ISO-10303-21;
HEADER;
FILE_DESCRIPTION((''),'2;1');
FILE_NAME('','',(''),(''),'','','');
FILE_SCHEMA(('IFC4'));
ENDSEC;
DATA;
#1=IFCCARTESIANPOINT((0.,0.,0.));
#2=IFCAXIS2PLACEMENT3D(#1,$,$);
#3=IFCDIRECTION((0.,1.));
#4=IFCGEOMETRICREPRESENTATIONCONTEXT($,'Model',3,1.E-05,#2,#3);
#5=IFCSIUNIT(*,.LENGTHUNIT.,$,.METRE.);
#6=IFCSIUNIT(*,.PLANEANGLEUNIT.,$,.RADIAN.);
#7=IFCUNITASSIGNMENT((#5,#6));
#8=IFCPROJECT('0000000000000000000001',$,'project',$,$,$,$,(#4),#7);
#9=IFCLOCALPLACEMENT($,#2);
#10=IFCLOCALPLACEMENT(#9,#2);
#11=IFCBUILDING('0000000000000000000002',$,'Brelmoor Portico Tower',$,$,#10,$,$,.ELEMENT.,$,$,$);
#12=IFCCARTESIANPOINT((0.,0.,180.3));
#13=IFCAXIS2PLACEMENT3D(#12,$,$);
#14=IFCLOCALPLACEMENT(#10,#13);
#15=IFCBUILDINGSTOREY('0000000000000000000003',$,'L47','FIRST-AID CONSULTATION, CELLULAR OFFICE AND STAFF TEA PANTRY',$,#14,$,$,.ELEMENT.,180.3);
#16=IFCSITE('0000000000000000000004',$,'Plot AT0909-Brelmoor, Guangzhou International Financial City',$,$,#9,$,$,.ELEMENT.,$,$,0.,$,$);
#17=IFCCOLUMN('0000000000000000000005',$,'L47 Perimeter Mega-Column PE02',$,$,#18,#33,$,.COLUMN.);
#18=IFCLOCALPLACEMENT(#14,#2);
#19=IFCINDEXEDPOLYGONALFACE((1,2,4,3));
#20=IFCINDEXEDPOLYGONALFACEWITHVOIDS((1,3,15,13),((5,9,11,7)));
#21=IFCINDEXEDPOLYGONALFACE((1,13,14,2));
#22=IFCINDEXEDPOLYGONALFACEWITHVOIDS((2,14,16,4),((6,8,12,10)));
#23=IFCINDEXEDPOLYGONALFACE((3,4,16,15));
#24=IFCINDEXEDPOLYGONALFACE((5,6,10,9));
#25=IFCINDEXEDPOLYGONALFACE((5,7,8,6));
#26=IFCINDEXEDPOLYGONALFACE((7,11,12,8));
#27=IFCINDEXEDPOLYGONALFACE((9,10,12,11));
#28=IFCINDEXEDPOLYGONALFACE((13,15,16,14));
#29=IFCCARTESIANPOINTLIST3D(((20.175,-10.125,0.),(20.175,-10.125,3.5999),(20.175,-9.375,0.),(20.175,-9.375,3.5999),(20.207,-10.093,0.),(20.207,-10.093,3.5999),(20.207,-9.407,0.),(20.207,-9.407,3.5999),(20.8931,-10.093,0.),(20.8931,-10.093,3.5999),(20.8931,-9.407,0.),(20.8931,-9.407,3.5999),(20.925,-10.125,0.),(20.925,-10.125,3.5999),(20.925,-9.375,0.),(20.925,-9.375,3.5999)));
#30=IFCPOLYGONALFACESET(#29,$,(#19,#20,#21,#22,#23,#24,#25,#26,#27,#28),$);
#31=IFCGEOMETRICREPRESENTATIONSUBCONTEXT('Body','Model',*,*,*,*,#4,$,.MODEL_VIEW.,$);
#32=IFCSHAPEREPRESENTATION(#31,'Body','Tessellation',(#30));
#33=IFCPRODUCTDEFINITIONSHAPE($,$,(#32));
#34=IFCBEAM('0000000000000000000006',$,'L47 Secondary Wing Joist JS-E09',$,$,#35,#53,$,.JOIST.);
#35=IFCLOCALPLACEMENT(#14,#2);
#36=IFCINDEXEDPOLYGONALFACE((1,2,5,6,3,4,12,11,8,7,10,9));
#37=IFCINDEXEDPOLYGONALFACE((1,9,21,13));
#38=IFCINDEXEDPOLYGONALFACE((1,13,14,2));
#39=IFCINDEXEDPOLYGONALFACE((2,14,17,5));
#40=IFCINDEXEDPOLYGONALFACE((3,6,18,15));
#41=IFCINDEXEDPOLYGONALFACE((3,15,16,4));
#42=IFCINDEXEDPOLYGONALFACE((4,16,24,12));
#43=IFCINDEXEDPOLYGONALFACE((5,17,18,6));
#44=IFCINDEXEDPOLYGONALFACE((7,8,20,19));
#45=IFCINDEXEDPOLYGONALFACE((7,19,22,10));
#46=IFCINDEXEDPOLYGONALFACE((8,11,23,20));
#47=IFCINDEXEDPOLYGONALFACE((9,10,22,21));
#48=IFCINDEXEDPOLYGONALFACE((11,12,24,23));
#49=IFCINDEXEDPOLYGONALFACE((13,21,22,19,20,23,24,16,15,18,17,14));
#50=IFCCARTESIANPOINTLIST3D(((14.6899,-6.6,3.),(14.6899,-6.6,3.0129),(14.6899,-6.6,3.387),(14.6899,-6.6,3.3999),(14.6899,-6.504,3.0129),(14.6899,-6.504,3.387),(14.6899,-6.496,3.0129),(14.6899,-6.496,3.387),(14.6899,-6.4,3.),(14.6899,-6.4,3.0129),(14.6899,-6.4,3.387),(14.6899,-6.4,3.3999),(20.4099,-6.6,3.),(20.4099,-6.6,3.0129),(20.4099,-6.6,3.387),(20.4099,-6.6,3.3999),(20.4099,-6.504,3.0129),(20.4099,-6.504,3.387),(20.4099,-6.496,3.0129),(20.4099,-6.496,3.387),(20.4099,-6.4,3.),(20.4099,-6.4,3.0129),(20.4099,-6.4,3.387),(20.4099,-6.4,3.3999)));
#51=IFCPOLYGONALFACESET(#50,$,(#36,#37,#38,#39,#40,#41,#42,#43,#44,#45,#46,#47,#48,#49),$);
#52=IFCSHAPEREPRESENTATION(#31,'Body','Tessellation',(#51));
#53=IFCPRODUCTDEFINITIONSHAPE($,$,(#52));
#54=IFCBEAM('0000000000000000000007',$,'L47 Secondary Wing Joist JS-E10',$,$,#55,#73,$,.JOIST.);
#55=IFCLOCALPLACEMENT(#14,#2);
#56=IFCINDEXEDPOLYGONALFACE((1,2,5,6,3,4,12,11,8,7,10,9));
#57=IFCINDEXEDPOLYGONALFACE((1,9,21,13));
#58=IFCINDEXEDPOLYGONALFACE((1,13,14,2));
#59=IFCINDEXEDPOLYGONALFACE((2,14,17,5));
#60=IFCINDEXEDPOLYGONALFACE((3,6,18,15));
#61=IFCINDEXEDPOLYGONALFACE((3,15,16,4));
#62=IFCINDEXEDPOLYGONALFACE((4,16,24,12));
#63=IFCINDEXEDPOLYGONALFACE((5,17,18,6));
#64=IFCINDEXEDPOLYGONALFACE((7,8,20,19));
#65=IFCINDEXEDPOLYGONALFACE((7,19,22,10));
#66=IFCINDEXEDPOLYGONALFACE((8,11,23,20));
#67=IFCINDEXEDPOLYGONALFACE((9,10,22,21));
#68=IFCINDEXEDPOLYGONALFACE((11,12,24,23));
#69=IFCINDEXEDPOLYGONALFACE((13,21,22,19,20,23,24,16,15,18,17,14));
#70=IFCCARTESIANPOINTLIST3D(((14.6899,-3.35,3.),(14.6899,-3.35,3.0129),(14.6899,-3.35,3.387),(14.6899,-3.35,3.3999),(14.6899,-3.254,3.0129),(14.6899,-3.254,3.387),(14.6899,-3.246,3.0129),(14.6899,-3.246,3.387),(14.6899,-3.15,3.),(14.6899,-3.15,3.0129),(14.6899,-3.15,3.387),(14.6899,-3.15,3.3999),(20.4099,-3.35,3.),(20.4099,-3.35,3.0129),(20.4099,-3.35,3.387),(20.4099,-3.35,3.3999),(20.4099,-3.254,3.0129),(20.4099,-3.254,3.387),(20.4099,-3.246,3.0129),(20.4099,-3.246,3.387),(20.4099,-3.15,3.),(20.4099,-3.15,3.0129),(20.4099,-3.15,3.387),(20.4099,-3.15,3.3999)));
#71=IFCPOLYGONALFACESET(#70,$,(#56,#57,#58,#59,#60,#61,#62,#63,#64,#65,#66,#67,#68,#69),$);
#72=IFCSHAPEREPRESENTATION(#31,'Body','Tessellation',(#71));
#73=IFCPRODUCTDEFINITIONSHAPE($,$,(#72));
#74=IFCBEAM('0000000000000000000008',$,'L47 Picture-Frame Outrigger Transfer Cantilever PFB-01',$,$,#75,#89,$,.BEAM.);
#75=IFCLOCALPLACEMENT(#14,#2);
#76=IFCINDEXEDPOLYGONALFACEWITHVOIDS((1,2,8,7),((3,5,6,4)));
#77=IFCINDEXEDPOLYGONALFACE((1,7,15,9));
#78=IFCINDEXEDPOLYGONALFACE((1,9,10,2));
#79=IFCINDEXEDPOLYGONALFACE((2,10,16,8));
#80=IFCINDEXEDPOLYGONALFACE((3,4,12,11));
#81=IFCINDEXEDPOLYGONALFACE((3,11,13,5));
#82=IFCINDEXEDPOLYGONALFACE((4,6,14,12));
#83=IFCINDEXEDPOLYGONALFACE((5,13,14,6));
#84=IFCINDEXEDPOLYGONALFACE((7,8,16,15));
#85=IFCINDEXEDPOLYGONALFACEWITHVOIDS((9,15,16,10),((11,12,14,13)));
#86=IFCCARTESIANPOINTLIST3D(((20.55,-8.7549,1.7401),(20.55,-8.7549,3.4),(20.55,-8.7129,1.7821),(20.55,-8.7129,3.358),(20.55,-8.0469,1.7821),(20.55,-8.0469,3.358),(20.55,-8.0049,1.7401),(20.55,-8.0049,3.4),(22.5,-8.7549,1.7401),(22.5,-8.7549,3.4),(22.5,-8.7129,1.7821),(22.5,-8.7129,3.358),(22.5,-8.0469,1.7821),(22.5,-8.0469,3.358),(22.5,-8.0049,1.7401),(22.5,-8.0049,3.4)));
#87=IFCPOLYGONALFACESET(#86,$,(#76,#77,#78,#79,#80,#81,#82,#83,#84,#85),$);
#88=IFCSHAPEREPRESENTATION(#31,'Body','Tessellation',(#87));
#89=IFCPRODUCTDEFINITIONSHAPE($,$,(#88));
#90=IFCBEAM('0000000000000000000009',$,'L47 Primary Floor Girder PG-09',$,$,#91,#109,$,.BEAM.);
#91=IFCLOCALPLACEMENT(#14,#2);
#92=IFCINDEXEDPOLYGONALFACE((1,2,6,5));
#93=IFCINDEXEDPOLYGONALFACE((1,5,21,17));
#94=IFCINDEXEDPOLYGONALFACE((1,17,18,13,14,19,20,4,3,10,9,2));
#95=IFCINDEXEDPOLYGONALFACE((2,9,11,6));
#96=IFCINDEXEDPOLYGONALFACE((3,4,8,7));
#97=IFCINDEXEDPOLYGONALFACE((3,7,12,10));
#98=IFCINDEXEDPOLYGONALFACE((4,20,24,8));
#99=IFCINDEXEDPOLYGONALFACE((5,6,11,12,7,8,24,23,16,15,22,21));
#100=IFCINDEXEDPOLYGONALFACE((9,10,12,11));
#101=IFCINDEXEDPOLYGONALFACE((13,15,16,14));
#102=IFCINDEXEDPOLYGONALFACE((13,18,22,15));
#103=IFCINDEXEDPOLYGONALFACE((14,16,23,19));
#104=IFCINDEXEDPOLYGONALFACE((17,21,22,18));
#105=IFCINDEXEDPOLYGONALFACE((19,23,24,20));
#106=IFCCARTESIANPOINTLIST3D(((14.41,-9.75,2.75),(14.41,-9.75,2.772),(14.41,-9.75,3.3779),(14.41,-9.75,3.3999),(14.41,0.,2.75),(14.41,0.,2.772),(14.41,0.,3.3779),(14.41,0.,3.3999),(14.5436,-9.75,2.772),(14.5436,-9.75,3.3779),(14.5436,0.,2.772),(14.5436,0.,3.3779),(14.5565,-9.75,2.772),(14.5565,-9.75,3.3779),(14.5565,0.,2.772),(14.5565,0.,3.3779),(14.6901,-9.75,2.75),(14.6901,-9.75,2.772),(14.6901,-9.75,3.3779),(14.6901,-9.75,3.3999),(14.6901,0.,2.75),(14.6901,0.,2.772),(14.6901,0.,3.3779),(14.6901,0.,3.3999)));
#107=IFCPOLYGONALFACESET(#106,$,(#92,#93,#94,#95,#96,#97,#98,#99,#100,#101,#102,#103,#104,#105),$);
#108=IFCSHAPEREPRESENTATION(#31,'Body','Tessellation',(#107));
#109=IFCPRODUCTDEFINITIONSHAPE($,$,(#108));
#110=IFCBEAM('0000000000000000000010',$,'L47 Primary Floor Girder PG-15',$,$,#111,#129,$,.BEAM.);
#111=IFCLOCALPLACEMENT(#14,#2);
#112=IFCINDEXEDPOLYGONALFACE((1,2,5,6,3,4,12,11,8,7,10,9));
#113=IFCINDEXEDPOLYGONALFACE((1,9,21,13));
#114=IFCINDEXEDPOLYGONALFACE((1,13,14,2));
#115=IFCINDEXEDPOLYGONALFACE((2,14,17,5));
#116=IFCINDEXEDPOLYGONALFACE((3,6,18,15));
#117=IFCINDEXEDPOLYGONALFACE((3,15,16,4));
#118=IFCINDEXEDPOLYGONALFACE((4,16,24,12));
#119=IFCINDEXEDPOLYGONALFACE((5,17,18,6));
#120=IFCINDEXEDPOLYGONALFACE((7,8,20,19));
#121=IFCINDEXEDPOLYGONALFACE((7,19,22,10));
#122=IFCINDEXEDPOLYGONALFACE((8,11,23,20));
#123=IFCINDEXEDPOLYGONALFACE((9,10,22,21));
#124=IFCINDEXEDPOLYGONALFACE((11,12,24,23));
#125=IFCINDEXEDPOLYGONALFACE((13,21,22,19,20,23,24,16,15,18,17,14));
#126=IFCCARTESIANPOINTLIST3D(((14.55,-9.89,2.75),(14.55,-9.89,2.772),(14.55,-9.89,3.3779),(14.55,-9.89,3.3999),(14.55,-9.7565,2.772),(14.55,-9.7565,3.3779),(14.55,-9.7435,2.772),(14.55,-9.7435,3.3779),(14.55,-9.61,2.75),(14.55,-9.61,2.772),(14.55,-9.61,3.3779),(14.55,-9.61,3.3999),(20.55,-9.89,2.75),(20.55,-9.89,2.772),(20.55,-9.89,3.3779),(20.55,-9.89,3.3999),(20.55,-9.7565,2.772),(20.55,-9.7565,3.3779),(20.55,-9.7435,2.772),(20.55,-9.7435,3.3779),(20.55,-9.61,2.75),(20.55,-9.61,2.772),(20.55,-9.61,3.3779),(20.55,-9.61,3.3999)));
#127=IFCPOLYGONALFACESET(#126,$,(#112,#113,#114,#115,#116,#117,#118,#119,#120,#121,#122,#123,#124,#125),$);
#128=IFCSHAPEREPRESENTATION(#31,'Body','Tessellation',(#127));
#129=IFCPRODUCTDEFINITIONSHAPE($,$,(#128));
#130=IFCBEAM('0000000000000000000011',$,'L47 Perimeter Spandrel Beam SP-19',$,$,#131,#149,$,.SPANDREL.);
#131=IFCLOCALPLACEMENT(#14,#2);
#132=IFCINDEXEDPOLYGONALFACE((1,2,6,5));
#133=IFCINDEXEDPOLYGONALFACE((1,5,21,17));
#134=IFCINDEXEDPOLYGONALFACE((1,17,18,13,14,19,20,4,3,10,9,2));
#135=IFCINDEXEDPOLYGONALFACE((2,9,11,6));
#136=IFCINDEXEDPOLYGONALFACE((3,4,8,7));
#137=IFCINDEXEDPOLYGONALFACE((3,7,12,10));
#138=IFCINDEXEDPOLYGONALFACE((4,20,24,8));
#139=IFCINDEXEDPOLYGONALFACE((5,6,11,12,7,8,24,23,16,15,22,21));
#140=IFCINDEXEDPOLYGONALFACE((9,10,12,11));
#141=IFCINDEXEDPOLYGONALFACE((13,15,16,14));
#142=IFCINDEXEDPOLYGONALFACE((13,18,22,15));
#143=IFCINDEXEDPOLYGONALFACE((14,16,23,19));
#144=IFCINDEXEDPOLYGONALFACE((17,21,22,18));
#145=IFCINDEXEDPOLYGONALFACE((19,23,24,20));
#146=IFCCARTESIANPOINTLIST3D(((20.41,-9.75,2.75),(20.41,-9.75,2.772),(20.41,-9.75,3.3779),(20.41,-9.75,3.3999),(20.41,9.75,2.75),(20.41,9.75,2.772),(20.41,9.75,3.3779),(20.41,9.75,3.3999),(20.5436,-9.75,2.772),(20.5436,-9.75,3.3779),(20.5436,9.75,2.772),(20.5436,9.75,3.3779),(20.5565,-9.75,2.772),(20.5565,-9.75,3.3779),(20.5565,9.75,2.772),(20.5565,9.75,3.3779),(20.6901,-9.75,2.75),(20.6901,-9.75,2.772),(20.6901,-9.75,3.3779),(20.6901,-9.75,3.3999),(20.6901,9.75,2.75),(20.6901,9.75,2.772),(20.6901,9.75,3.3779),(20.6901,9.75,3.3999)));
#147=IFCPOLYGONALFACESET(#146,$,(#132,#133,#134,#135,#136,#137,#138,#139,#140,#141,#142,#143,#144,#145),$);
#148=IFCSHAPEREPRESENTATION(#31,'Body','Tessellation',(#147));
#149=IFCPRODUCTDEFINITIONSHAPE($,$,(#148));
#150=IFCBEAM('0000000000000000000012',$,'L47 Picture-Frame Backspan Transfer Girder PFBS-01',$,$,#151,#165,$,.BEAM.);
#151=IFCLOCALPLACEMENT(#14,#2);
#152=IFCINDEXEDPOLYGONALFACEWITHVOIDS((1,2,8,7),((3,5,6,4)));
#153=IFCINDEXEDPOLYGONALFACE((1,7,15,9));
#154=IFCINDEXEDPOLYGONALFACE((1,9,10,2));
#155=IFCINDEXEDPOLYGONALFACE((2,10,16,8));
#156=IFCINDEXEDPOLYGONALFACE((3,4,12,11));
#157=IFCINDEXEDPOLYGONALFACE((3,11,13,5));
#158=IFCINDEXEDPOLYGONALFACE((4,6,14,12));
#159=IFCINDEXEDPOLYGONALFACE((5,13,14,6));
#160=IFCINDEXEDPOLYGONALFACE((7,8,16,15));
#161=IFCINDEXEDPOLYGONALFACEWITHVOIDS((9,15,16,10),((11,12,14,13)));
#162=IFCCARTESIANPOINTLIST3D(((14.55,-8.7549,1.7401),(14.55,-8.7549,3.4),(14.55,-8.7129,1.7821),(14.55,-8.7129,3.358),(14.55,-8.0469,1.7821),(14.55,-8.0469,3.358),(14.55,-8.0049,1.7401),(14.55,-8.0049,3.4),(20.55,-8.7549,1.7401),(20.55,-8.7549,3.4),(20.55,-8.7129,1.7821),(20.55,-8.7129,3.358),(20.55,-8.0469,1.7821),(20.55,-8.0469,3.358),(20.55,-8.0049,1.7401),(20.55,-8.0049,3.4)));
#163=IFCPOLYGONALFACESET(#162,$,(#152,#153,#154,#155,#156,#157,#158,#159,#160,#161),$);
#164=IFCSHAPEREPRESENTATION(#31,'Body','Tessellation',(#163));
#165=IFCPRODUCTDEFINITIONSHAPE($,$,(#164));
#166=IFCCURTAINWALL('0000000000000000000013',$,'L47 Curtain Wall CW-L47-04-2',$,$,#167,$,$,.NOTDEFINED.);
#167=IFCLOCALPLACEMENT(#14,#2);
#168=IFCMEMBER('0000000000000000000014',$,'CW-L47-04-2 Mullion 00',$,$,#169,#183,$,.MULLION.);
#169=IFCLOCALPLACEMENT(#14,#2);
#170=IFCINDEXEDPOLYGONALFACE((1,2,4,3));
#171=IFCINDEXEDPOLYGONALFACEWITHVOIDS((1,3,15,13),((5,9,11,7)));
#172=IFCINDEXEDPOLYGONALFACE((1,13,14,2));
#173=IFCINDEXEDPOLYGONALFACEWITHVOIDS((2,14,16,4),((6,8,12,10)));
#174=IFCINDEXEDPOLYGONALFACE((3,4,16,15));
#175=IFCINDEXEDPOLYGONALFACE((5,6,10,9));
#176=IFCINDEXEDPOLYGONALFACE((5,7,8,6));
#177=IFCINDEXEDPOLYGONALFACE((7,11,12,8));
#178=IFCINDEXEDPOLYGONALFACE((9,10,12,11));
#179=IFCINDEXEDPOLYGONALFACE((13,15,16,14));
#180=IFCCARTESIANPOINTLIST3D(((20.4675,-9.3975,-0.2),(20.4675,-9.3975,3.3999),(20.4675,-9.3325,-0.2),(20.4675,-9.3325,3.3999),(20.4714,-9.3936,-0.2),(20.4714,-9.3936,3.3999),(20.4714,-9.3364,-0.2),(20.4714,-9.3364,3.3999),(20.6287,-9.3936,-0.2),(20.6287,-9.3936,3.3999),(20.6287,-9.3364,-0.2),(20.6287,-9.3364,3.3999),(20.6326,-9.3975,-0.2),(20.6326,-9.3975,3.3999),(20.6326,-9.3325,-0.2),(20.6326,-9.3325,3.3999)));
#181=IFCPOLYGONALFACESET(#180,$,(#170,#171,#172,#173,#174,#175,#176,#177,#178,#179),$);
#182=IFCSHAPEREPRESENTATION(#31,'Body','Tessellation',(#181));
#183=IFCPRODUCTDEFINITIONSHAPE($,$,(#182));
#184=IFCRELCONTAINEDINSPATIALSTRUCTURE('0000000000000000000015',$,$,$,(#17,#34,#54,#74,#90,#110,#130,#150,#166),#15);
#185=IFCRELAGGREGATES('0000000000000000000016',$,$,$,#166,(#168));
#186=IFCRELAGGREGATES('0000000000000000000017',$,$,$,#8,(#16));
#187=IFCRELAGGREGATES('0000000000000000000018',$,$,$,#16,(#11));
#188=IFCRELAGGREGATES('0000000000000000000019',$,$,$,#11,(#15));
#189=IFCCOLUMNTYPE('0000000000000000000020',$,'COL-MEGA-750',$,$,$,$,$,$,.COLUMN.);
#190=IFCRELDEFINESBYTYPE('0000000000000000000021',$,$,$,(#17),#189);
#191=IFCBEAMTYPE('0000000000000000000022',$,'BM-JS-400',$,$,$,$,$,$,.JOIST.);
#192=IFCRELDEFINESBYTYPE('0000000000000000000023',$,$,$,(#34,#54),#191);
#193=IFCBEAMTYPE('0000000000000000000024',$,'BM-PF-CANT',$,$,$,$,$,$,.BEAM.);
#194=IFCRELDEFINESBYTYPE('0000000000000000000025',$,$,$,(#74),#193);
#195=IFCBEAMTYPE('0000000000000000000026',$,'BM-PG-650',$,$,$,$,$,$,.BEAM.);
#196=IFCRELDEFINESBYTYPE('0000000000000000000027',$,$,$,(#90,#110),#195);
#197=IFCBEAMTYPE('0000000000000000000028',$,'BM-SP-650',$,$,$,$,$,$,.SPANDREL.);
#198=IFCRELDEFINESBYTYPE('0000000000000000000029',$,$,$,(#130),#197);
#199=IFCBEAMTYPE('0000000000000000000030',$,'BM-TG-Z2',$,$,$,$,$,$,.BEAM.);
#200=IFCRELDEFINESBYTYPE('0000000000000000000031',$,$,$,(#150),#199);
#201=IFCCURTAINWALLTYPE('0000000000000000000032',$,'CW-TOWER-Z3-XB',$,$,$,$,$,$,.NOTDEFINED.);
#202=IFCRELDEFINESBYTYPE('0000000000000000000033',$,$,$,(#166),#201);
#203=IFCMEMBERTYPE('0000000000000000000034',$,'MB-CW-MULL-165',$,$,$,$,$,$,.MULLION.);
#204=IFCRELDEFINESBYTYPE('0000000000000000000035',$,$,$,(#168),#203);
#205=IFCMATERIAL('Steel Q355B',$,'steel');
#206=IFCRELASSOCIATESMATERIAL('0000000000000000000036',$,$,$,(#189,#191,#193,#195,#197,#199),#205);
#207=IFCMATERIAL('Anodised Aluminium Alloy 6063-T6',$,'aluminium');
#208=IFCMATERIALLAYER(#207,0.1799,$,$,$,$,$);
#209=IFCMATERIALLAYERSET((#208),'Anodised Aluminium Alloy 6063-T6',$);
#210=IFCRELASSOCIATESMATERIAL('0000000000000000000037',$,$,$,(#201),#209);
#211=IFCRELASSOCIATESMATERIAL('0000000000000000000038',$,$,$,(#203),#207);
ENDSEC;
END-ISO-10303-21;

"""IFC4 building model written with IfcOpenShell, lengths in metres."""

from ifc_helpers import new_model, si_unit, direction, frame, origin, origin_2d, place, context, subcontext, project, spatial, hollow_rectangle, i_section, extrude, material, layer, layer_set, material_profile, profile_set, type_object, element, aggregate, save


model = new_model("IFC4")

# Units and contexts
model_context = context("Model", 3, precision=1e-05, world=origin(), true_north=direction((0.0, 1.0)))
body_context = subcontext(model_context, "Body", "Model", "MODEL_VIEW")
ifc_project = project(units=[si_unit("LENGTHUNIT", "METRE"), si_unit("PLANEANGLEUNIT", "RADIAN")], contexts=[model_context])

# Site, building, storey
site_placement = place(None, origin())
site = spatial("IfcSite", under=ifc_project, at=site_placement, Name="Plot AT0909-Brelmoor, Guangzhou International Financial City", CompositionType="ELEMENT", RefElevation=0.0)
building_placement = place(site_placement, origin())
building = spatial("IfcBuilding", under=site, at=building_placement, Name="Brelmoor Portico Tower", CompositionType="ELEMENT")
storey_placement = place(building_placement, frame((0.0, 0.0, 180.3)))
storey = spatial("IfcBuildingStorey", under=building, at=storey_placement, Name="L47", Description="FIRST-AID CONSULTATION, CELLULAR OFFICE AND STAFF TEA PANTRY", CompositionType="ELEMENT", Elevation=180.3)

# Column
ifc_material_1 = material(Name="Steel Q355B", Category="steel")
ifc_material_profile_1 = material_profile(ifc_material_1, hollow_rectangle(XDim=0.75, YDim=0.75, WallThickness=0.032, at=origin_2d()), Name="BOX 750x750x32")
ifc_profile_set_1 = profile_set([ifc_material_profile_1], Name="Steel Q355B")
column_type = type_object("IfcColumnType", Name="COL-MEGA-750", PredefinedType="COLUMN", material=ifc_profile_set_1)
column_placement = place(storey_placement, frame((20.55, -9.75, 0.0), z_axis=(0.0, 0.0, 1.0), x_axis=(0.0, 1.0, 0.0)))
element("IfcColumn", 1, at=column_placement, inside=storey, type_object=column_type, Name="L47 Perimeter Mega-Column PE02", PredefinedType="COLUMN", context=body_context, shape_type="SweptSolid", body=[
    extrude(hollow_rectangle(XDim=0.75, YDim=0.75, WallThickness=0.032, at=origin_2d()), origin(), (0.0, 0.0, 1.0), 3.5999),
])

# Beams
ifc_material_profile_2 = material_profile(ifc_material_1, i_section(OverallWidth=0.2, OverallDepth=0.3999, WebThickness=0.0081, FlangeThickness=0.0129, at=origin_2d()), Name="HN 400x200x8x13")
ifc_profile_set_2 = profile_set([ifc_material_profile_2], Name="Steel Q355B")
beam_type_1 = type_object("IfcBeamType", Name="BM-JS-400", PredefinedType="JOIST", material=ifc_profile_set_2)
for number, where, z_axis, x_axis, name in (
    (2, (14.6899, -6.5, 3.2), (1.0, 0.0, 0.0), (0.0, 1.0, 0.0), "L47 Secondary Wing Joist JS-E09"),
    (3, (14.6899, -3.25, 3.2), (1.0, 0.0, 0.0), (0.0, 1.0, 0.0), "L47 Secondary Wing Joist JS-E10"),
):
    element("IfcBeam", number, at=place(storey_placement, frame(where, z_axis=z_axis, x_axis=x_axis)), inside=storey, type_object=beam_type_1, Name=name, PredefinedType="JOIST", context=body_context, shape_type="SweptSolid", body=[
        extrude(i_section(OverallWidth=0.2, OverallDepth=0.3999, WebThickness=0.0081, FlangeThickness=0.0129, at=origin_2d()), origin(), (0.0, 0.0, 1.0), 5.72),
    ])
ifc_material_profile_3 = material_profile(ifc_material_1, hollow_rectangle(XDim=0.75, YDim=1.6599, WallThickness=0.042, at=origin_2d()), Name="BOX 750x1660x42")
ifc_profile_set_3 = profile_set([ifc_material_profile_3], Name="Steel Q355B")
beam_type_2 = type_object("IfcBeamType", Name="BM-PF-CANT", PredefinedType="BEAM", material=ifc_profile_set_3)
beam_1_placement = place(storey_placement, frame((20.55, -8.3799, 2.5701), z_axis=(1.0, 0.0, 0.0), x_axis=(0.0, 1.0, 0.0)))
element("IfcBeam", 4, at=beam_1_placement, inside=storey, type_object=beam_type_2, Name="L47 Picture-Frame Outrigger Transfer Cantilever PFB-01", PredefinedType="BEAM", context=body_context, shape_type="SweptSolid", body=[
    extrude(hollow_rectangle(XDim=0.75, YDim=1.6599, WallThickness=0.042, at=origin_2d()), origin(), (0.0, 0.0, 1.0), 1.95),
])
ifc_material_profile_4 = material_profile(ifc_material_1, i_section(OverallWidth=0.28, OverallDepth=0.6499, WebThickness=0.0129, FlangeThickness=0.022, at=origin_2d()), Name="HN 650x280x13x22")
ifc_profile_set_4 = profile_set([ifc_material_profile_4], Name="Steel Q355B")
beam_type_3 = type_object("IfcBeamType", Name="BM-PG-650", PredefinedType="BEAM", material=ifc_profile_set_4)
beam_2_placement = place(storey_placement, frame((14.55, -9.75, 3.075), z_axis=(0.0, 1.0, 0.0), x_axis=(-1.0, 0.0, 0.0)))
element("IfcBeam", 5, at=beam_2_placement, inside=storey, type_object=beam_type_3, Name="L47 Primary Floor Girder PG-09", PredefinedType="BEAM", context=body_context, shape_type="SweptSolid", body=[
    extrude(i_section(OverallWidth=0.28, OverallDepth=0.6499, WebThickness=0.0129, FlangeThickness=0.022, at=origin_2d()), origin(), (0.0, 0.0, 1.0), 9.75),
])
beam_3_placement = place(storey_placement, frame((14.55, -9.75, 3.075), z_axis=(1.0, 0.0, 0.0), x_axis=(0.0, 1.0, 0.0)))
element("IfcBeam", 6, at=beam_3_placement, inside=storey, type_object=beam_type_3, Name="L47 Primary Floor Girder PG-15", PredefinedType="BEAM", context=body_context, shape_type="SweptSolid", body=[
    extrude(i_section(OverallWidth=0.28, OverallDepth=0.6499, WebThickness=0.0129, FlangeThickness=0.022, at=origin_2d()), origin(), (0.0, 0.0, 1.0), 6.0),
])
ifc_material_profile_5 = material_profile(ifc_material_1, i_section(OverallWidth=0.28, OverallDepth=0.6499, WebThickness=0.0129, FlangeThickness=0.022, at=origin_2d()), Name="HN 650x280x13x22")
ifc_profile_set_5 = profile_set([ifc_material_profile_5], Name="Steel Q355B")
beam_type_4 = type_object("IfcBeamType", Name="BM-SP-650", PredefinedType="SPANDREL", material=ifc_profile_set_5)
beam_4_placement = place(storey_placement, frame((20.55, -9.75, 3.075), z_axis=(0.0, 1.0, 0.0), x_axis=(-1.0, 0.0, 0.0)))
element("IfcBeam", 7, at=beam_4_placement, inside=storey, type_object=beam_type_4, Name="L47 Perimeter Spandrel Beam SP-19", PredefinedType="SPANDREL", context=body_context, shape_type="SweptSolid", body=[
    extrude(i_section(OverallWidth=0.28, OverallDepth=0.6499, WebThickness=0.0129, FlangeThickness=0.022, at=origin_2d()), origin(), (0.0, 0.0, 1.0), 19.5),
])
ifc_material_profile_6 = material_profile(ifc_material_1, hollow_rectangle(XDim=0.75, YDim=1.6599, WallThickness=0.042, at=origin_2d()), Name="BOX 750x1660x42")
ifc_profile_set_6 = profile_set([ifc_material_profile_6], Name="Steel Q355B")
beam_type_5 = type_object("IfcBeamType", Name="BM-TG-Z2", PredefinedType="BEAM", material=ifc_profile_set_6)
beam_5_placement = place(storey_placement, frame((14.55, -8.3799, 2.5701), z_axis=(1.0, 0.0, 0.0), x_axis=(0.0, 1.0, 0.0)))
element("IfcBeam", 8, at=beam_5_placement, inside=storey, type_object=beam_type_5, Name="L47 Picture-Frame Backspan Transfer Girder PFBS-01", PredefinedType="BEAM", context=body_context, shape_type="SweptSolid", body=[
    extrude(hollow_rectangle(XDim=0.75, YDim=1.6599, WallThickness=0.042, at=origin_2d()), origin(), (0.0, 0.0, 1.0), 6.0),
])

# Curtain wall, member
ifc_material_2 = material(Name="Anodised Aluminium Alloy 6063-T6", Category="aluminium")
ifc_layer_1 = layer(ifc_material_2, 0.1799)
ifc_layer_set_1 = layer_set([ifc_layer_1], Name="Anodised Aluminium Alloy 6063-T6")
curtain_wall_type = type_object("IfcCurtainWallType", Name="CW-TOWER-Z3-XB", PredefinedType="NOTDEFINED", material=ifc_layer_set_1)
curtain_wall_placement = place(storey_placement, origin())
curtain_wall = element("IfcCurtainWall", 9, at=curtain_wall_placement, inside=storey, type_object=curtain_wall_type, Name="L47 Curtain Wall CW-L47-04-2", PredefinedType="NOTDEFINED")
ifc_material_profile_7 = material_profile(ifc_material_2, hollow_rectangle(XDim=0.0649, YDim=0.165, WallThickness=0.0039, at=origin_2d()), Name="ALU MULLION 65x165")
ifc_profile_set_7 = profile_set([ifc_material_profile_7], Name="Anodised Aluminium Alloy 6063-T6")
member_type_1 = type_object("IfcMemberType", Name="MB-CW-MULL-165", PredefinedType="MULLION", material=ifc_profile_set_7)
member_1_placement = place(storey_placement, frame((20.55, -9.365, -0.2), z_axis=(0.0, 0.0, 1.0), x_axis=(0.0, 1.0, 0.0)))
member_1 = element("IfcMember", 10, at=member_1_placement, type_object=member_type_1, Name="CW-L47-04-2 Mullion 00", PredefinedType="MULLION", context=body_context, shape_type="SweptSolid", body=[
    extrude(hollow_rectangle(XDim=0.0649, YDim=0.165, WallThickness=0.0039, at=origin_2d()), origin(), (0.0, 0.0, 1.0), 3.5999),
])

aggregate(curtain_wall, [member_1])

save(model, "model.ifc")
